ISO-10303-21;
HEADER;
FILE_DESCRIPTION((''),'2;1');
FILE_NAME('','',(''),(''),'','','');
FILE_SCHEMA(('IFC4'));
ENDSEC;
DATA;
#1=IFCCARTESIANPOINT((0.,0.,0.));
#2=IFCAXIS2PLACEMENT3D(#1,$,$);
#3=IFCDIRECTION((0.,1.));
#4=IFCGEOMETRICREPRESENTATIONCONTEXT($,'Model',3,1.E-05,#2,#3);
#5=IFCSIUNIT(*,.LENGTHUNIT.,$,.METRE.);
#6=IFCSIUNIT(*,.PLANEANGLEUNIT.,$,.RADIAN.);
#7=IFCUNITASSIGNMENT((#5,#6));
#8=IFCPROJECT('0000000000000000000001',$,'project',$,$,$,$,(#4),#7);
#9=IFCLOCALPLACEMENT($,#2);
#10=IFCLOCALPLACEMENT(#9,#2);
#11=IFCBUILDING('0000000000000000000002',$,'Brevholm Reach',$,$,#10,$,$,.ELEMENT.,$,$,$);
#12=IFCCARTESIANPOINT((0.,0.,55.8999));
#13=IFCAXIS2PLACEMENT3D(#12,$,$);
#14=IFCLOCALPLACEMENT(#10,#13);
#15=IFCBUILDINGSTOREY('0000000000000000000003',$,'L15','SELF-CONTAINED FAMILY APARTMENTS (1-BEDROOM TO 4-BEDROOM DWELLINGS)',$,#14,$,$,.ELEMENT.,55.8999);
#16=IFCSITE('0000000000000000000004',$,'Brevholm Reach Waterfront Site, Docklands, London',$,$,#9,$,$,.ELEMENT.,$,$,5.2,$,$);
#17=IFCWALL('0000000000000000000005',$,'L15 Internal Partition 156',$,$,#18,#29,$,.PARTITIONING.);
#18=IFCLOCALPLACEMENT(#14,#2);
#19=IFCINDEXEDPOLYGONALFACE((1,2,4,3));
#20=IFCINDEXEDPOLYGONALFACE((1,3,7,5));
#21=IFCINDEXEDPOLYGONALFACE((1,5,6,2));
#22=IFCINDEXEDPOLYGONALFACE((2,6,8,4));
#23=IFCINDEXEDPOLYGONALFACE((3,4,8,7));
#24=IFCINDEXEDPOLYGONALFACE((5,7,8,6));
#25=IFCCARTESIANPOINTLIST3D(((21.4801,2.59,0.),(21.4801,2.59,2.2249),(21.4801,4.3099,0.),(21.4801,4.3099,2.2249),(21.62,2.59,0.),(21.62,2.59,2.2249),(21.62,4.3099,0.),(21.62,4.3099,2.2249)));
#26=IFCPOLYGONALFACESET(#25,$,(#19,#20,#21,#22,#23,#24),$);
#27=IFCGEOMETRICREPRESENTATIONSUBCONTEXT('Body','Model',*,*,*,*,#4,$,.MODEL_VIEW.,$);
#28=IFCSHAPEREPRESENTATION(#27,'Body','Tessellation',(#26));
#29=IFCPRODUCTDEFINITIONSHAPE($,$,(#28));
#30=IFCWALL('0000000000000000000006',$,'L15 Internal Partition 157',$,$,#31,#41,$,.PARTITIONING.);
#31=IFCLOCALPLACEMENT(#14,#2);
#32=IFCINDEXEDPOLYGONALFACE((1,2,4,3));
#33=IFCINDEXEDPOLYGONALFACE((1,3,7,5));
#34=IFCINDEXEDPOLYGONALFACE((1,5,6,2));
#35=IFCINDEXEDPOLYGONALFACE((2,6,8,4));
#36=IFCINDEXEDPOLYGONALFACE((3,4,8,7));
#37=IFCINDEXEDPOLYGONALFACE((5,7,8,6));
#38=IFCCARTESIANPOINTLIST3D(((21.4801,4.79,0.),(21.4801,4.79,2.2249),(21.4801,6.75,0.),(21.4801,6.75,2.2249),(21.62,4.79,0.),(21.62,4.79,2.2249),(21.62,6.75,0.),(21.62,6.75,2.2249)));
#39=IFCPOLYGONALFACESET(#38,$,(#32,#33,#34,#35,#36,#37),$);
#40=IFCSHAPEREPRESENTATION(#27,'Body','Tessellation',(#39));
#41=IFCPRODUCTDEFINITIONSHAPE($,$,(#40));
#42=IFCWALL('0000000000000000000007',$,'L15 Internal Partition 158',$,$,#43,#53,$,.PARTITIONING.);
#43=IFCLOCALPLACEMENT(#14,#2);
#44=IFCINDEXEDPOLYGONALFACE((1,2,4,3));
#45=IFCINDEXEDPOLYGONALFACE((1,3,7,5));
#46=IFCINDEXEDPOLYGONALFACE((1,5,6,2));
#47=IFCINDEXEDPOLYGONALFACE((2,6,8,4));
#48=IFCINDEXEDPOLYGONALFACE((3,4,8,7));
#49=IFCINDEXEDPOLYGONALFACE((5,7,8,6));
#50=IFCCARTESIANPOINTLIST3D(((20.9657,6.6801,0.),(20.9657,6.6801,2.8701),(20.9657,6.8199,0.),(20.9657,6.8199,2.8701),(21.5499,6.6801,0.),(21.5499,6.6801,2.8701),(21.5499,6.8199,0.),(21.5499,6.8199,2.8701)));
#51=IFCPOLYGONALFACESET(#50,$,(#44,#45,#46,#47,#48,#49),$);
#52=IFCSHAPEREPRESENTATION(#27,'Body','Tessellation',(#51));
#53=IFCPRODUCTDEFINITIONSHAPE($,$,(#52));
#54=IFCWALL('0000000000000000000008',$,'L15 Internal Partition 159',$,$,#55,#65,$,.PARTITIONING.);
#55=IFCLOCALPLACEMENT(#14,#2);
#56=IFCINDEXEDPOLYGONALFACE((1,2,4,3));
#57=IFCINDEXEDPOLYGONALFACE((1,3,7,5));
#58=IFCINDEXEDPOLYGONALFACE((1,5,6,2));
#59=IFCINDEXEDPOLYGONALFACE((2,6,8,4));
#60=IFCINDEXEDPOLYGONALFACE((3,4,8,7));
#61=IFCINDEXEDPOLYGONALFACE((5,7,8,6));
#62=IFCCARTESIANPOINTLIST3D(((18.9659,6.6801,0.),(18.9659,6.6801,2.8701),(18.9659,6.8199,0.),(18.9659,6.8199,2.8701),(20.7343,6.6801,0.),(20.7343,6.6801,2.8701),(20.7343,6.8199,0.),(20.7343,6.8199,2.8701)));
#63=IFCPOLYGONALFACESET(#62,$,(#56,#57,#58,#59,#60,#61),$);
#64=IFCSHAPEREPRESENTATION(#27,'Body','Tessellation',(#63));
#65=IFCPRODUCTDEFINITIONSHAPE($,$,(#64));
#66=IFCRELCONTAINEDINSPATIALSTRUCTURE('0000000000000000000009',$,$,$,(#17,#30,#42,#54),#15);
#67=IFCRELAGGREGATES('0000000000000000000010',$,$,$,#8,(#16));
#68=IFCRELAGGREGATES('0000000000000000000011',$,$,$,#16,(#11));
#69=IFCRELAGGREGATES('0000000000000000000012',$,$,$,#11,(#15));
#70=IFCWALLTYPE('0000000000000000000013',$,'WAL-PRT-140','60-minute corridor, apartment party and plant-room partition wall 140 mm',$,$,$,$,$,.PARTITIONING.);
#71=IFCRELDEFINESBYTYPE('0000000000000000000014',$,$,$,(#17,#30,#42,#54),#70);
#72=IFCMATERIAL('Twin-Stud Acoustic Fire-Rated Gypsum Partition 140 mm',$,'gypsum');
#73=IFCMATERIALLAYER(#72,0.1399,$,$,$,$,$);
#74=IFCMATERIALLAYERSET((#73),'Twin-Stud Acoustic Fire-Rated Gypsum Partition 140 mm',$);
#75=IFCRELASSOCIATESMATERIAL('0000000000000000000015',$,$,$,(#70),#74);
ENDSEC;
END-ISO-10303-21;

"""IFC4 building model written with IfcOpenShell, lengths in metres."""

from ifc_helpers import new_model, si_unit, direction, frame, frame_2d, origin, place, context, subcontext, project, spatial, rectangle, extrude, material, layer, layer_set, type_object, element, save


model = new_model("IFC4")

# Units and contexts
model_context = context("Model", 3, precision=1e-05, world=origin(), true_north=direction((0.0, 1.0)))
body_context = subcontext(model_context, "Body", "Model", "MODEL_VIEW")
ifc_project = project(units=[si_unit("LENGTHUNIT", "METRE"), si_unit("PLANEANGLEUNIT", "RADIAN")], contexts=[model_context])

# Site, building, storey
site_placement = place(None, origin())
site = spatial("IfcSite", under=ifc_project, at=site_placement, Name="Brevholm Reach Waterfront Site, Docklands, London", CompositionType="ELEMENT", RefElevation=5.2)
building_placement = place(site_placement, origin())
building = spatial("IfcBuilding", under=site, at=building_placement, Name="Brevholm Reach", CompositionType="ELEMENT")
storey_placement = place(building_placement, frame((0.0, 0.0, 55.8999)))
storey = spatial("IfcBuildingStorey", under=building, at=storey_placement, Name="L15", Description="SELF-CONTAINED FAMILY APARTMENTS (1-BEDROOM TO 4-BEDROOM DWELLINGS)", CompositionType="ELEMENT", Elevation=55.8999)

# Shared definitions
ifc_material_1 = material(Name="Twin-Stud Acoustic Fire-Rated Gypsum Partition 140 mm", Category="gypsum")
ifc_layer_1 = layer(ifc_material_1, 0.1399)
ifc_layer_set_1 = layer_set([ifc_layer_1], Name="Twin-Stud Acoustic Fire-Rated Gypsum Partition 140 mm")
wall_type_1 = type_object("IfcWallType", Name="WAL-PRT-140", Description="60-minute corridor, apartment party and plant-room partition wall 140 mm", PredefinedType="PARTITIONING", material=ifc_layer_set_1)

# Walls
wall_1_placement = place(storey_placement, frame((21.55, 2.5901, 0.0), z_axis=(0.0, 0.0, 1.0), x_axis=(0.0, 1.0, 0.0)))
element("IfcWall", 1, at=wall_1_placement, inside=storey, type_object=wall_type_1, Name="L15 Internal Partition 156", PredefinedType="PARTITIONING", context=body_context, shape_type="SweptSolid", body=[
    extrude(rectangle(XDim=1.72, YDim=0.1399, at=frame_2d((0.8599, 0.0))), origin(), (0.0, 0.0, 1.0), 2.2249),
])
wall_2_placement = place(storey_placement, frame((21.55, 4.79, 0.0), z_axis=(0.0, 0.0, 1.0), x_axis=(0.0, 1.0, 0.0)))
element("IfcWall", 2, at=wall_2_placement, inside=storey, type_object=wall_type_1, Name="L15 Internal Partition 157", PredefinedType="PARTITIONING", context=body_context, shape_type="SweptSolid", body=[
    extrude(rectangle(XDim=1.96, YDim=0.1399, at=frame_2d((0.98, 0.0))), origin(), (0.0, 0.0, 1.0), 2.2249),
])
wall_3_placement = place(storey_placement, frame((20.9658, 6.75, 0.0), z_axis=(0.0, 0.0, 1.0), x_axis=(1.0, 0.0, 0.0)))
element("IfcWall", 3, at=wall_3_placement, inside=storey, type_object=wall_type_1, Name="L15 Internal Partition 158", PredefinedType="PARTITIONING", context=body_context, shape_type="SweptSolid", body=[
    extrude(rectangle(XDim=0.5842, YDim=0.1399, at=frame_2d((0.292, 0.0))), origin(), (0.0, 0.0, 1.0), 2.8701),
])
wall_4_placement = place(storey_placement, frame((18.9658, 6.75, 0.0), z_axis=(0.0, 0.0, 1.0), x_axis=(1.0, 0.0, 0.0)))
element("IfcWall", 4, at=wall_4_placement, inside=storey, type_object=wall_type_1, Name="L15 Internal Partition 159", PredefinedType="PARTITIONING", context=body_context, shape_type="SweptSolid", body=[
    extrude(rectangle(XDim=1.7683, YDim=0.1399, at=frame_2d((0.8843, 0.0))), origin(), (0.0, 0.0, 1.0), 2.8701),
])

save(model, "model.ifc")
